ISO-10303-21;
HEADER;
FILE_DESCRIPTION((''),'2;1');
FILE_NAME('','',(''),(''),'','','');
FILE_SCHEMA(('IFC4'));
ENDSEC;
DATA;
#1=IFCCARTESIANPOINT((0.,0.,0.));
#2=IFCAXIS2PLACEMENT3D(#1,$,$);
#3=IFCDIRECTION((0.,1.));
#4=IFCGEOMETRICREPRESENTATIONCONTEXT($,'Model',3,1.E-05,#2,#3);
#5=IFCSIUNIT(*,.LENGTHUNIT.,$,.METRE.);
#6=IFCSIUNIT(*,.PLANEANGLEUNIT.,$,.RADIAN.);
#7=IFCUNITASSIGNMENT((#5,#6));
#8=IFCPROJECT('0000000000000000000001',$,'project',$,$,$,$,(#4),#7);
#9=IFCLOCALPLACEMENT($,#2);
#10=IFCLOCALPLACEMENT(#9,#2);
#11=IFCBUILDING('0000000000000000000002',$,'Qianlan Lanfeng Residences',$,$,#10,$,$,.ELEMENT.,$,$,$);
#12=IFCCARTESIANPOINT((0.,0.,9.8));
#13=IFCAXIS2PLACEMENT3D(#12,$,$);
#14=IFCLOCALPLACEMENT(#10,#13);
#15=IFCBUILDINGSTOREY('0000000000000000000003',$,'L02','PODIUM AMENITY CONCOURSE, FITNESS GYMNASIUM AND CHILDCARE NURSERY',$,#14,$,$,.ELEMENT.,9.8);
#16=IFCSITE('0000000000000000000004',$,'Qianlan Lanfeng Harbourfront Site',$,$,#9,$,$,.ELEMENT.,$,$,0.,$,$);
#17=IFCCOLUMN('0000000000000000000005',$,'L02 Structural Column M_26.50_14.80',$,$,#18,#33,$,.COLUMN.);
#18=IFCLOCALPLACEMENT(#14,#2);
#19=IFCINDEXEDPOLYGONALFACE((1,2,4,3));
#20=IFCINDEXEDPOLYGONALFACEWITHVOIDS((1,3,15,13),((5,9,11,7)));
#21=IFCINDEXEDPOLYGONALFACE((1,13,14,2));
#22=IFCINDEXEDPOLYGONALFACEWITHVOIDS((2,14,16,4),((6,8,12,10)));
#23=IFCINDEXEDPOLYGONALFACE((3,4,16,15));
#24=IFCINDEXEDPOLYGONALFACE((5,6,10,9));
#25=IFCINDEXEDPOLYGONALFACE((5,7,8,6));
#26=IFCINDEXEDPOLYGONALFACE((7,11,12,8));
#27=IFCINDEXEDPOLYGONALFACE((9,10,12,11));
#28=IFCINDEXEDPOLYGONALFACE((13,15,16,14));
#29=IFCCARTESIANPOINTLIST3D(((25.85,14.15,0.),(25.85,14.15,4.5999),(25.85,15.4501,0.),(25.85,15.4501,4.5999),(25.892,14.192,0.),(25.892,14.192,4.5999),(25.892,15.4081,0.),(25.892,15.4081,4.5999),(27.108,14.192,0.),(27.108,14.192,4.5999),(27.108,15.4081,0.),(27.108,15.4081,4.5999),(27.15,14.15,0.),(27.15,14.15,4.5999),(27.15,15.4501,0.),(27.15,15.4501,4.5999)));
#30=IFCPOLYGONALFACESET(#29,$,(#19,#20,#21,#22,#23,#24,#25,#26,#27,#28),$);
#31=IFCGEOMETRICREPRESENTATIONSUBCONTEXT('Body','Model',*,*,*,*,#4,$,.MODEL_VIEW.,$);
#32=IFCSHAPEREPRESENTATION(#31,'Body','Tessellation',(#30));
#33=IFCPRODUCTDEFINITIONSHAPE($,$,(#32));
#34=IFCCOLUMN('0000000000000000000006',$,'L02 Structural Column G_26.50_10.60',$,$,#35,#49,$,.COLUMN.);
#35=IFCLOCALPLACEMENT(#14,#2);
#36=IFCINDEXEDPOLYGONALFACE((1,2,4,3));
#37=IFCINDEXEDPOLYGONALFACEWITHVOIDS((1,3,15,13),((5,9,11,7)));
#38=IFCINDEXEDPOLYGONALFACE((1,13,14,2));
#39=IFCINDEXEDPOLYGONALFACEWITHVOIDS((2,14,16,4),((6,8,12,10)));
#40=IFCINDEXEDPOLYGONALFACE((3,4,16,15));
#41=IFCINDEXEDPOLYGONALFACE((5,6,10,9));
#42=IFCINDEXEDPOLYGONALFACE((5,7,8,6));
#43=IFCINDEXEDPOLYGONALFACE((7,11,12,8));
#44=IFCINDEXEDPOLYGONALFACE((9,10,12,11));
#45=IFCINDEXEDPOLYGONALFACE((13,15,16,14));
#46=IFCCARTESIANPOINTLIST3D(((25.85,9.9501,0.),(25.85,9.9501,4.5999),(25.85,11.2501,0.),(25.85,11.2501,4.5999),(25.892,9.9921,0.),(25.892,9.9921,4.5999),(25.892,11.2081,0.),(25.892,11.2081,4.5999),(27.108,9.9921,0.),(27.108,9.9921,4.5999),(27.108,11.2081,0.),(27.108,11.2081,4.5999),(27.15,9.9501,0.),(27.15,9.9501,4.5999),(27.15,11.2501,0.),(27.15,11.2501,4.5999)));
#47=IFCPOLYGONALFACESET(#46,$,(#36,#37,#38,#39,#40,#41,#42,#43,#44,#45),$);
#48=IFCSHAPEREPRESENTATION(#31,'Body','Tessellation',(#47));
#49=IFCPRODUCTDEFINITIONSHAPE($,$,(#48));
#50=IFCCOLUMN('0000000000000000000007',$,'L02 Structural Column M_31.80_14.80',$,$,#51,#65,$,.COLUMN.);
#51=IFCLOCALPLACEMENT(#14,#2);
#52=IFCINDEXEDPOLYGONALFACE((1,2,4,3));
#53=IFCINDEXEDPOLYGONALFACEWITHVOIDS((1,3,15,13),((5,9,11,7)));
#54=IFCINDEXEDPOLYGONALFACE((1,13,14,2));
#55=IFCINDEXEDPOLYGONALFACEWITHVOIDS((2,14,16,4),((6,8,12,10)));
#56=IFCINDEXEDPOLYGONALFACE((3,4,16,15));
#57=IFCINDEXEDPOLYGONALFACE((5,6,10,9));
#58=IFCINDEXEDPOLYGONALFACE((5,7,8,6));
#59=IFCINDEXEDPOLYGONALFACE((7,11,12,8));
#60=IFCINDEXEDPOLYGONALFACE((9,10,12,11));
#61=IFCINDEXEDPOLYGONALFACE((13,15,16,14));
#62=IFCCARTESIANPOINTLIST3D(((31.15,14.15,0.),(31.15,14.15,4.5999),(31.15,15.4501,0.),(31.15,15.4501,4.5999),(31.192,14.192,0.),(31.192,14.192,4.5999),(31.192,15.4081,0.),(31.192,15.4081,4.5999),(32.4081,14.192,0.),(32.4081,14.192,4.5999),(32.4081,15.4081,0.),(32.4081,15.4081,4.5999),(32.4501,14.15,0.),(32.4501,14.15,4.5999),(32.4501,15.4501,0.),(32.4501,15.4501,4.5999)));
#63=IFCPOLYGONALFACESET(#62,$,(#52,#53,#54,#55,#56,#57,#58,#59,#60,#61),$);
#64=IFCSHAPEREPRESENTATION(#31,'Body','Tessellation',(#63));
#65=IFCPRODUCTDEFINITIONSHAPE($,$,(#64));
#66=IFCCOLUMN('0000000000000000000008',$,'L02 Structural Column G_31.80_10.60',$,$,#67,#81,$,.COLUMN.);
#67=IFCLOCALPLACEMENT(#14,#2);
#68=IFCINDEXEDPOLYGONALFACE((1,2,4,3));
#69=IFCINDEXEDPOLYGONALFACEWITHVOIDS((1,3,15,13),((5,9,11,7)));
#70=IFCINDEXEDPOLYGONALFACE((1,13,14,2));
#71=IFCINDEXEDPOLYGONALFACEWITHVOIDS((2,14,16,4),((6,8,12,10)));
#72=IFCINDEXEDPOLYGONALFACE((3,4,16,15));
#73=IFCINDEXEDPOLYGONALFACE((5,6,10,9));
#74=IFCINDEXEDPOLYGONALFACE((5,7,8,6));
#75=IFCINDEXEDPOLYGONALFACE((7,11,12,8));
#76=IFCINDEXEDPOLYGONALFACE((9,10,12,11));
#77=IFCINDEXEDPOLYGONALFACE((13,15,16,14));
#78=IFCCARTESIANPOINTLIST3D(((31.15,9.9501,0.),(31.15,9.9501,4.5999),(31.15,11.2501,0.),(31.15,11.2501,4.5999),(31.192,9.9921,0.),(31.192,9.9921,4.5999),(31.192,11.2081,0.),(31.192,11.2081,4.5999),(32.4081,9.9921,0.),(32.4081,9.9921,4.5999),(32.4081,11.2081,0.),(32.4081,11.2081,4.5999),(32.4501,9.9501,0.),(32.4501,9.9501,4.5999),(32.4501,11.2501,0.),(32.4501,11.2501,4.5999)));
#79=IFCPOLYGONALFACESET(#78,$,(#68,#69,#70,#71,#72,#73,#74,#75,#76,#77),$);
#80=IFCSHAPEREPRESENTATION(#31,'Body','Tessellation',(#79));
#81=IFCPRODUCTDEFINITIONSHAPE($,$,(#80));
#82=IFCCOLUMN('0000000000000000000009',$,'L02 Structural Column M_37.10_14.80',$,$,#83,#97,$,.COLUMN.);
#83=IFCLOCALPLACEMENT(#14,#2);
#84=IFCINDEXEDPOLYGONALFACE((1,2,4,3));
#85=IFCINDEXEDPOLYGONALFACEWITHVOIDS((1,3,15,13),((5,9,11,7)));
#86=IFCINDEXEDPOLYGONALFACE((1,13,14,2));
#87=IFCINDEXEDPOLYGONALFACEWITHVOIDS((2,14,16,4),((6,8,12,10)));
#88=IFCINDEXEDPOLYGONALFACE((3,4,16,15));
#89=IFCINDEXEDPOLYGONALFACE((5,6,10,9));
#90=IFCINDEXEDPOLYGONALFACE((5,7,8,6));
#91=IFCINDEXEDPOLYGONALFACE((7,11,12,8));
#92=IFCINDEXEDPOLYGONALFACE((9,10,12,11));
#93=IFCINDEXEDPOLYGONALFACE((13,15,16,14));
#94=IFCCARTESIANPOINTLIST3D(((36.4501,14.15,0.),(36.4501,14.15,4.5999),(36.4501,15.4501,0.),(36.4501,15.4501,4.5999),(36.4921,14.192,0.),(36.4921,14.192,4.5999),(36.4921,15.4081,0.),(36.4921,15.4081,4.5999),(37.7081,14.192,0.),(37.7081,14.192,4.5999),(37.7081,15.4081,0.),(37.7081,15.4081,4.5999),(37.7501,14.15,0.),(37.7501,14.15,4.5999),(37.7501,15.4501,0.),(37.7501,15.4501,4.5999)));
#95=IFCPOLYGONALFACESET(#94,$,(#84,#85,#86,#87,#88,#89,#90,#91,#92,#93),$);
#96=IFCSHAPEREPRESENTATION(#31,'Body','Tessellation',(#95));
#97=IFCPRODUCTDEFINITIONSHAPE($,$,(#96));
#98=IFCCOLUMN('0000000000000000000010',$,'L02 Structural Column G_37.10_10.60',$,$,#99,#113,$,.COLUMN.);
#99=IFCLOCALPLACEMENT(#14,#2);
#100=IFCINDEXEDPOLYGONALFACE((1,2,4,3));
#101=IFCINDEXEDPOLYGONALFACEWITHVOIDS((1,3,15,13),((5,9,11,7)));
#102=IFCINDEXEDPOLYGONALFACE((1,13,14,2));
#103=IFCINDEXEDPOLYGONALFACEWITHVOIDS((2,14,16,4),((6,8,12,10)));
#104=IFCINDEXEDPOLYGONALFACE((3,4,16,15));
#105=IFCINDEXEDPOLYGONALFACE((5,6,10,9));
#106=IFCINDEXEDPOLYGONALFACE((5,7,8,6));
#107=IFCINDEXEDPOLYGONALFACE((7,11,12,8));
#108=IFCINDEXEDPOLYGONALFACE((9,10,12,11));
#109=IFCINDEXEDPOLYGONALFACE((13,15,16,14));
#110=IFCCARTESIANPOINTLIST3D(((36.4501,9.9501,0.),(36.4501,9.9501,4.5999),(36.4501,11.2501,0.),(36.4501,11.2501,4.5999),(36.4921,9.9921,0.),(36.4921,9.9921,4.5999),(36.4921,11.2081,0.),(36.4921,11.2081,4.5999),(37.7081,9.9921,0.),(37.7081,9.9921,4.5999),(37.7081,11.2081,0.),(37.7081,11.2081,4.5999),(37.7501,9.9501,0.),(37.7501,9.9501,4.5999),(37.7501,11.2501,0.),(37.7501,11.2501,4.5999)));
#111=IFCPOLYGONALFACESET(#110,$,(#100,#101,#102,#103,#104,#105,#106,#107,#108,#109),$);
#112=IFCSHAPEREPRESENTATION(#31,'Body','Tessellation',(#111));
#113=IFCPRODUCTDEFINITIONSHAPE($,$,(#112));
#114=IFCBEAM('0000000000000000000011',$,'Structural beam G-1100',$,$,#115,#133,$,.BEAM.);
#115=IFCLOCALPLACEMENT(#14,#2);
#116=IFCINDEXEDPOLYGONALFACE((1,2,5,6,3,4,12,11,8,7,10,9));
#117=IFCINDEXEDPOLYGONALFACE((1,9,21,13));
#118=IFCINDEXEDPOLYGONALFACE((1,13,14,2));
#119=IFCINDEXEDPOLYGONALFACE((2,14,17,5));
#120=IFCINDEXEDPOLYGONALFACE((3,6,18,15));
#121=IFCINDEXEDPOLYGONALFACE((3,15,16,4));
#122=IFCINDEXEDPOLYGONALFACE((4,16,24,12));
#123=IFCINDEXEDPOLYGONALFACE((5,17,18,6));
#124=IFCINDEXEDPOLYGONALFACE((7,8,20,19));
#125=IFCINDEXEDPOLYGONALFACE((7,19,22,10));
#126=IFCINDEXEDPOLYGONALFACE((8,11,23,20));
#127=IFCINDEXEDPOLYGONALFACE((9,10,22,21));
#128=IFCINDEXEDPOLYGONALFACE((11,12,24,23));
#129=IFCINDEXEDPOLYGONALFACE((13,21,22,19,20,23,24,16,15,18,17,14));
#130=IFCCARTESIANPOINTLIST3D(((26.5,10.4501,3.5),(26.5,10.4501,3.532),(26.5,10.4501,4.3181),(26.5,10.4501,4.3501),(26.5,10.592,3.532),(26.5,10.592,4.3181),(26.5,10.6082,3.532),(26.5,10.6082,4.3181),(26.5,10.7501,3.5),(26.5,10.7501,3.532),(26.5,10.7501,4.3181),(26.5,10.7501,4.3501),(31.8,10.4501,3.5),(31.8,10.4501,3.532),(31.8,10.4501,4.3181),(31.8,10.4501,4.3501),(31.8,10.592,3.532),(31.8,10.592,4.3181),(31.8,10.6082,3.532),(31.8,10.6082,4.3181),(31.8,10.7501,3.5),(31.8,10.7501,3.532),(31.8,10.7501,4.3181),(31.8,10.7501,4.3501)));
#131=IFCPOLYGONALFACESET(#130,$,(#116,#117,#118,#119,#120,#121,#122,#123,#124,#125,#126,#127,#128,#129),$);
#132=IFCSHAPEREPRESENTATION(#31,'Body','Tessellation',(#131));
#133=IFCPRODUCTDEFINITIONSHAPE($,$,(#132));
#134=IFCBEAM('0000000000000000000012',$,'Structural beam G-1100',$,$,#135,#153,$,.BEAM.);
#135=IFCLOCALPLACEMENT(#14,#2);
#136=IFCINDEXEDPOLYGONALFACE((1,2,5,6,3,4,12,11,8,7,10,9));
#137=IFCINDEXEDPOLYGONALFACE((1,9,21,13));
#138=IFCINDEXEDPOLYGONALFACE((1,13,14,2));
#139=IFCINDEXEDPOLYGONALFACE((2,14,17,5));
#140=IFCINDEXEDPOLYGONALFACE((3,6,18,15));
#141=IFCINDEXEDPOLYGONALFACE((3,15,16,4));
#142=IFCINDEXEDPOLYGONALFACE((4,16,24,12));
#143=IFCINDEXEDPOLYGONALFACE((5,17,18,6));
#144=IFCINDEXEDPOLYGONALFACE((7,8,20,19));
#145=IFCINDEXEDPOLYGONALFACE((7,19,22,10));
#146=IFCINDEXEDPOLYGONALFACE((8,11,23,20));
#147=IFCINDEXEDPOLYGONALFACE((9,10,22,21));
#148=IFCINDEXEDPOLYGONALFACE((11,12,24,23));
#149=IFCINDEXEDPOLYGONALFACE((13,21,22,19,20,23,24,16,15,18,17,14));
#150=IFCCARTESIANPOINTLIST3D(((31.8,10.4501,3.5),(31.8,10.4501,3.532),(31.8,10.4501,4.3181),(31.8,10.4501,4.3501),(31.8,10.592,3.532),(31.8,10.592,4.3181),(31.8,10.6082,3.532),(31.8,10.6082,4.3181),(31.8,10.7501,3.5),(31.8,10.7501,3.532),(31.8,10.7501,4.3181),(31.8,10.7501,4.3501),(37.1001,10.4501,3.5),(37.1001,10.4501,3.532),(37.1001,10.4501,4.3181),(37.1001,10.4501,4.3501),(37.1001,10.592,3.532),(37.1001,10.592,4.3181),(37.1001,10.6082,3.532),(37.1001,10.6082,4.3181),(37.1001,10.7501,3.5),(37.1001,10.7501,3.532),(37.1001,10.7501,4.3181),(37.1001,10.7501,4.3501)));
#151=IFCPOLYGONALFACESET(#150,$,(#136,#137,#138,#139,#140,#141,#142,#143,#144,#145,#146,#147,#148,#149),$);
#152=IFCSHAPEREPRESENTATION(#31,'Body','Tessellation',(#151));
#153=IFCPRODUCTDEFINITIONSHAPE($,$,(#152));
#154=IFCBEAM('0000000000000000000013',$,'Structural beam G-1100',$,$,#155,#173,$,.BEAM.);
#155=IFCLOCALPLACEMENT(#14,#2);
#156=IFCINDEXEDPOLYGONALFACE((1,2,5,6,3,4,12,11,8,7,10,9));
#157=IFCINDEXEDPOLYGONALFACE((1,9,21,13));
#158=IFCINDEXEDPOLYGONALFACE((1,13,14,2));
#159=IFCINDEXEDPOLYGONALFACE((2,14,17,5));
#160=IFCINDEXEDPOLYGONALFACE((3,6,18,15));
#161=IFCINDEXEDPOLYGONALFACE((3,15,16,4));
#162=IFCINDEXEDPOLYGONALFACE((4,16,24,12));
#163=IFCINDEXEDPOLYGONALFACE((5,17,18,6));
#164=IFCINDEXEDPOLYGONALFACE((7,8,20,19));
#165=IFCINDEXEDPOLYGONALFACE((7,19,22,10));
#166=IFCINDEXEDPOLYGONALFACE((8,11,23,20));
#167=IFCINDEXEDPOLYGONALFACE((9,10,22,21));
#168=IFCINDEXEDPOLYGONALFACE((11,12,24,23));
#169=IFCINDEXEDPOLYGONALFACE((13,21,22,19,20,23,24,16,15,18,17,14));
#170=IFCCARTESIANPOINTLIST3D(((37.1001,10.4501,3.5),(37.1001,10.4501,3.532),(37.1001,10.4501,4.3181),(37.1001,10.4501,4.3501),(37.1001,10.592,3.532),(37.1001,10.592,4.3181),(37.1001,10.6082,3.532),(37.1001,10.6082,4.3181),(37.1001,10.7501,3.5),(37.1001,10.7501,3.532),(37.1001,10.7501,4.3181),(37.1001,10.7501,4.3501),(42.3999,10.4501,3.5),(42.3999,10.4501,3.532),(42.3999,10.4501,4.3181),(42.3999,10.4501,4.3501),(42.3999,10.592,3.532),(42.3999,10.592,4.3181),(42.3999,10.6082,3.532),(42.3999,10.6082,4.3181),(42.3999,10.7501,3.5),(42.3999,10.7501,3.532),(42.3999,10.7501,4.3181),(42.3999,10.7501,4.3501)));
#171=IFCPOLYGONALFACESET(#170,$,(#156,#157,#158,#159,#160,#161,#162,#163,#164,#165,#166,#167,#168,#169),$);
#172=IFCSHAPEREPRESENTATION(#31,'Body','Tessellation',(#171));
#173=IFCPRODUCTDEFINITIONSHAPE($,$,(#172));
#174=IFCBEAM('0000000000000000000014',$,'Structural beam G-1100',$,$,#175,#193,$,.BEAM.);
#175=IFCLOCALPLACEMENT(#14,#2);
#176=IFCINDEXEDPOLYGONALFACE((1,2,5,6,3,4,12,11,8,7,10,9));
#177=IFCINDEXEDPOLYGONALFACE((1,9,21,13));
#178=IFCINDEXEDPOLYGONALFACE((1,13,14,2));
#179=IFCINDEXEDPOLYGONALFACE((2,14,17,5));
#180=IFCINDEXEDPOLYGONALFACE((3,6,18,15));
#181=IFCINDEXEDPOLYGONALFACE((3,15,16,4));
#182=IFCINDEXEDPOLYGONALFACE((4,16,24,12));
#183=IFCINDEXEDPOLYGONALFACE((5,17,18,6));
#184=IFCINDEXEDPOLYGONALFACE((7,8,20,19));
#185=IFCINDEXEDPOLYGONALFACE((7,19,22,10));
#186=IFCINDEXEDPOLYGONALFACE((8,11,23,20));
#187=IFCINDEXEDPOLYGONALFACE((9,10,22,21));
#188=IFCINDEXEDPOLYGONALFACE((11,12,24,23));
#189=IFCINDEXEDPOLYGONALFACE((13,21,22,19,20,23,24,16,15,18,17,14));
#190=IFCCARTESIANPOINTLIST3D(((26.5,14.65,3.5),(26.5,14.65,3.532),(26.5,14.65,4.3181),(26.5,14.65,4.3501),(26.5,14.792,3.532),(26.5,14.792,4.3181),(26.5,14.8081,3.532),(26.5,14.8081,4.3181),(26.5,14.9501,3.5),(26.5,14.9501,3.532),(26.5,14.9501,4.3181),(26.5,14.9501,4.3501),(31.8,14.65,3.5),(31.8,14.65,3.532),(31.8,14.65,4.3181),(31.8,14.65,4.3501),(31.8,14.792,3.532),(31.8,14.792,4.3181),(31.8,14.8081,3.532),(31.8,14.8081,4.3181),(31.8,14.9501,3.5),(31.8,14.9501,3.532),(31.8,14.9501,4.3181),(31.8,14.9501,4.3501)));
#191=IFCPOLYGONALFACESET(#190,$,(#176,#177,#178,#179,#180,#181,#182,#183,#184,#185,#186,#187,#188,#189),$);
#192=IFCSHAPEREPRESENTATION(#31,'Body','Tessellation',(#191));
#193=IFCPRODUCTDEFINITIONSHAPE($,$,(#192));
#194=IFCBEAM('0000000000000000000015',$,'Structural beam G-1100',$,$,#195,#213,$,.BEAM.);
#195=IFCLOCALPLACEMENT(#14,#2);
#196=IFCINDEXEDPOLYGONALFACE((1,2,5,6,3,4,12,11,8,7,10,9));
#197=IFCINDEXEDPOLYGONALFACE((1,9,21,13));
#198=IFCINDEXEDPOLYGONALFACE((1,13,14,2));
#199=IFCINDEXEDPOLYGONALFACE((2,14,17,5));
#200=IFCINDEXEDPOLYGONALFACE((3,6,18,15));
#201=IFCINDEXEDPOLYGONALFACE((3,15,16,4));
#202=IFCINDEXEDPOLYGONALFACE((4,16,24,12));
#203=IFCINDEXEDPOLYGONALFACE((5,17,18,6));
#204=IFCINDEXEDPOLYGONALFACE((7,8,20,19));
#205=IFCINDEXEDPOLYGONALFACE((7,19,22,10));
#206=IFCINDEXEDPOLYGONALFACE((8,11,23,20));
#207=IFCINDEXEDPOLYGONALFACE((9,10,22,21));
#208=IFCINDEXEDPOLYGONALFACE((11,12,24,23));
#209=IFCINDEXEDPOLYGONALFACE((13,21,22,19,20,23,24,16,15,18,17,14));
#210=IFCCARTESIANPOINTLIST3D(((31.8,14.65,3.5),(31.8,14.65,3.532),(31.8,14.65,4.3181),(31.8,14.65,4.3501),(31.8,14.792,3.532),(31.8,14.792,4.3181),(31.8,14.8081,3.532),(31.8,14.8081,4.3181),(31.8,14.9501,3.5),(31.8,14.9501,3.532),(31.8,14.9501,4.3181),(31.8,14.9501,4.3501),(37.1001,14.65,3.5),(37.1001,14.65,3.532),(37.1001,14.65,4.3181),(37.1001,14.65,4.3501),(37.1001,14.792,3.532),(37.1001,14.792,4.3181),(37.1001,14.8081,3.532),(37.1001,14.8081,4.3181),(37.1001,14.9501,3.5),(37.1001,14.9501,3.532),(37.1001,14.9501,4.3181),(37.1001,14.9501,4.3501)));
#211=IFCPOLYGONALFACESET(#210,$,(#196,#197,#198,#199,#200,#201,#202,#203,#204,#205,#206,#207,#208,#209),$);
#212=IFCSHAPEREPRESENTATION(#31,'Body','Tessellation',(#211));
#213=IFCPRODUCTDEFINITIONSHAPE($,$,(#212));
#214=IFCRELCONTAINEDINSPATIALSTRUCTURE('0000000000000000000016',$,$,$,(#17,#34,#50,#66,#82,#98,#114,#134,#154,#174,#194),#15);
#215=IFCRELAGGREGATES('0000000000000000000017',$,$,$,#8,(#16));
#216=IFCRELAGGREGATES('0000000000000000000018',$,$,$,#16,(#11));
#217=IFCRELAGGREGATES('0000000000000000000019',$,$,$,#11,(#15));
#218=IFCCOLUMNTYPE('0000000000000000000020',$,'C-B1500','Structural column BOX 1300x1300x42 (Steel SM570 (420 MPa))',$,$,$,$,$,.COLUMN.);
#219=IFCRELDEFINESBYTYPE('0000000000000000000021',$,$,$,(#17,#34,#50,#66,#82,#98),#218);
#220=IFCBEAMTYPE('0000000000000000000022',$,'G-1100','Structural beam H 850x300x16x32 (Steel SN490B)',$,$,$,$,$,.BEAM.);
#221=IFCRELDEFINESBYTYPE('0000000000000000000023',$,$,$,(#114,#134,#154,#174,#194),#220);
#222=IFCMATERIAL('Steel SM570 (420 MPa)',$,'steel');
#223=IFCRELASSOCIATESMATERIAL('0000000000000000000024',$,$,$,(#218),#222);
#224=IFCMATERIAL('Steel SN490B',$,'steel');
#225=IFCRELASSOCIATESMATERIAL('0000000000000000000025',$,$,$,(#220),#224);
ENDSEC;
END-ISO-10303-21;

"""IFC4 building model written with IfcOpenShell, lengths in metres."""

from ifc_helpers import new_model, si_unit, direction, frame, origin, origin_2d, place, context, subcontext, project, spatial, hollow_rectangle, i_section, extrude, material, material_profile, profile_set, type_object, element, save


model = new_model("IFC4")

# Units and contexts
model_context = context("Model", 3, precision=1e-05, world=origin(), true_north=direction((0.0, 1.0)))
body_context = subcontext(model_context, "Body", "Model", "MODEL_VIEW")
ifc_project = project(units=[si_unit("LENGTHUNIT", "METRE"), si_unit("PLANEANGLEUNIT", "RADIAN")], contexts=[model_context])

# Site, building, storey
site_placement = place(None, origin())
site = spatial("IfcSite", under=ifc_project, at=site_placement, Name="Qianlan Lanfeng Harbourfront Site", CompositionType="ELEMENT", RefElevation=0.0)
building_placement = place(site_placement, origin())
building = spatial("IfcBuilding", under=site, at=building_placement, Name="Qianlan Lanfeng Residences", CompositionType="ELEMENT")
storey_placement = place(building_placement, frame((0.0, 0.0, 9.8)))
storey = spatial("IfcBuildingStorey", under=building, at=storey_placement, Name="L02", Description="PODIUM AMENITY CONCOURSE, FITNESS GYMNASIUM AND CHILDCARE NURSERY", CompositionType="ELEMENT", Elevation=9.8)

# Columns
ifc_material_1 = material(Name="Steel SM570 (420 MPa)", Category="steel")
ifc_material_profile_1 = material_profile(ifc_material_1, hollow_rectangle(XDim=1.3, YDim=1.3, WallThickness=0.042, at=origin_2d()), Name="BOX 1300x1300x42")
ifc_profile_set_1 = profile_set([ifc_material_profile_1], Name="Steel SM570 (420 MPa)")
column_type = type_object("IfcColumnType", Name="C-B1500", Description="Structural column BOX 1300x1300x42 (Steel SM570 (420 MPa))", PredefinedType="COLUMN", material=ifc_profile_set_1)
for number, where, z_axis, x_axis, name in (
    (1, (26.5, 14.8, 0.0), (0.0, 0.0, 1.0), (1.0, 0.0, 0.0), "L02 Structural Column M_26.50_14.80"),
    (2, (26.5, 10.6001, 0.0), (0.0, 0.0, 1.0), (1.0, 0.0, 0.0), "L02 Structural Column G_26.50_10.60"),
    (3, (31.8, 14.8, 0.0), (0.0, 0.0, 1.0), (1.0, 0.0, 0.0), "L02 Structural Column M_31.80_14.80"),
    (4, (31.8, 10.6001, 0.0), (0.0, 0.0, 1.0), (1.0, 0.0, 0.0), "L02 Structural Column G_31.80_10.60"),
    (5, (37.1001, 14.8, 0.0), (0.0, 0.0, 1.0), (1.0, 0.0, 0.0), "L02 Structural Column M_37.10_14.80"),
    (6, (37.1001, 10.6001, 0.0), (0.0, 0.0, 1.0), (1.0, 0.0, 0.0), "L02 Structural Column G_37.10_10.60"),
):
    element("IfcColumn", number, at=place(storey_placement, frame(where, z_axis=z_axis, x_axis=x_axis)), inside=storey, type_object=column_type, Name=name, PredefinedType="COLUMN", context=body_context, shape_type="SweptSolid", body=[
        extrude(hollow_rectangle(XDim=1.3, YDim=1.3, WallThickness=0.042, at=origin_2d()), origin(), (0.0, 0.0, 1.0), 4.5999),
    ])

# Beams
ifc_material_2 = material(Name="Steel SN490B", Category="steel")
ifc_material_profile_2 = material_profile(ifc_material_2, i_section(OverallWidth=0.3, OverallDepth=0.8501, WebThickness=0.0161, FlangeThickness=0.032, at=origin_2d()), Name="H 850x300x16x32")
ifc_profile_set_2 = profile_set([ifc_material_profile_2], Name="Steel SN490B")
beam_type_1 = type_object("IfcBeamType", Name="G-1100", Description="Structural beam H 850x300x16x32 (Steel SN490B)", PredefinedType="BEAM", material=ifc_profile_set_2)
for number, where, z_axis, x_axis, name in (
    (7, (26.5, 10.6001, 3.925), (1.0, 0.0, 0.0), (0.0, 1.0, 0.0), "Structural beam G-1100"),
    (8, (31.8, 10.6001, 3.925), (1.0, 0.0, 0.0), (0.0, 1.0, 0.0), "Structural beam G-1100"),
):
    element("IfcBeam", number, at=place(storey_placement, frame(where, z_axis=z_axis, x_axis=x_axis)), inside=storey, type_object=beam_type_1, Name=name, PredefinedType="BEAM", context=body_context, shape_type="SweptSolid", body=[
        extrude(i_section(OverallWidth=0.3, OverallDepth=0.8501, WebThickness=0.0161, FlangeThickness=0.032, at=origin_2d()), origin(), (0.0, 0.0, 1.0), 5.3),
    ])
beam_1_placement = place(storey_placement, frame((37.1001, 10.6001, 3.925), z_axis=(1.0, 0.0, 0.0), x_axis=(0.0, 1.0, 0.0)))
element("IfcBeam", 9, at=beam_1_placement, inside=storey, type_object=beam_type_1, Name="Structural beam G-1100", PredefinedType="BEAM", context=body_context, shape_type="SweptSolid", body=[
    extrude(i_section(OverallWidth=0.3, OverallDepth=0.8501, WebThickness=0.0161, FlangeThickness=0.032, at=origin_2d()), origin(), (0.0, 0.0, 1.0), 5.2998),
])
for number, where, z_axis, x_axis, name in (
    (10, (26.5, 14.8, 3.925), (1.0, 0.0, 0.0), (0.0, 1.0, 0.0), "Structural beam G-1100"),
    (11, (31.8, 14.8, 3.925), (1.0, 0.0, 0.0), (0.0, 1.0, 0.0), "Structural beam G-1100"),
):
    element("IfcBeam", number, at=place(storey_placement, frame(where, z_axis=z_axis, x_axis=x_axis)), inside=storey, type_object=beam_type_1, Name=name, PredefinedType="BEAM", context=body_context, shape_type="SweptSolid", body=[
        extrude(i_section(OverallWidth=0.3, OverallDepth=0.8501, WebThickness=0.0161, FlangeThickness=0.032, at=origin_2d()), origin(), (0.0, 0.0, 1.0), 5.3),
    ])

save(model, "model.ifc")
